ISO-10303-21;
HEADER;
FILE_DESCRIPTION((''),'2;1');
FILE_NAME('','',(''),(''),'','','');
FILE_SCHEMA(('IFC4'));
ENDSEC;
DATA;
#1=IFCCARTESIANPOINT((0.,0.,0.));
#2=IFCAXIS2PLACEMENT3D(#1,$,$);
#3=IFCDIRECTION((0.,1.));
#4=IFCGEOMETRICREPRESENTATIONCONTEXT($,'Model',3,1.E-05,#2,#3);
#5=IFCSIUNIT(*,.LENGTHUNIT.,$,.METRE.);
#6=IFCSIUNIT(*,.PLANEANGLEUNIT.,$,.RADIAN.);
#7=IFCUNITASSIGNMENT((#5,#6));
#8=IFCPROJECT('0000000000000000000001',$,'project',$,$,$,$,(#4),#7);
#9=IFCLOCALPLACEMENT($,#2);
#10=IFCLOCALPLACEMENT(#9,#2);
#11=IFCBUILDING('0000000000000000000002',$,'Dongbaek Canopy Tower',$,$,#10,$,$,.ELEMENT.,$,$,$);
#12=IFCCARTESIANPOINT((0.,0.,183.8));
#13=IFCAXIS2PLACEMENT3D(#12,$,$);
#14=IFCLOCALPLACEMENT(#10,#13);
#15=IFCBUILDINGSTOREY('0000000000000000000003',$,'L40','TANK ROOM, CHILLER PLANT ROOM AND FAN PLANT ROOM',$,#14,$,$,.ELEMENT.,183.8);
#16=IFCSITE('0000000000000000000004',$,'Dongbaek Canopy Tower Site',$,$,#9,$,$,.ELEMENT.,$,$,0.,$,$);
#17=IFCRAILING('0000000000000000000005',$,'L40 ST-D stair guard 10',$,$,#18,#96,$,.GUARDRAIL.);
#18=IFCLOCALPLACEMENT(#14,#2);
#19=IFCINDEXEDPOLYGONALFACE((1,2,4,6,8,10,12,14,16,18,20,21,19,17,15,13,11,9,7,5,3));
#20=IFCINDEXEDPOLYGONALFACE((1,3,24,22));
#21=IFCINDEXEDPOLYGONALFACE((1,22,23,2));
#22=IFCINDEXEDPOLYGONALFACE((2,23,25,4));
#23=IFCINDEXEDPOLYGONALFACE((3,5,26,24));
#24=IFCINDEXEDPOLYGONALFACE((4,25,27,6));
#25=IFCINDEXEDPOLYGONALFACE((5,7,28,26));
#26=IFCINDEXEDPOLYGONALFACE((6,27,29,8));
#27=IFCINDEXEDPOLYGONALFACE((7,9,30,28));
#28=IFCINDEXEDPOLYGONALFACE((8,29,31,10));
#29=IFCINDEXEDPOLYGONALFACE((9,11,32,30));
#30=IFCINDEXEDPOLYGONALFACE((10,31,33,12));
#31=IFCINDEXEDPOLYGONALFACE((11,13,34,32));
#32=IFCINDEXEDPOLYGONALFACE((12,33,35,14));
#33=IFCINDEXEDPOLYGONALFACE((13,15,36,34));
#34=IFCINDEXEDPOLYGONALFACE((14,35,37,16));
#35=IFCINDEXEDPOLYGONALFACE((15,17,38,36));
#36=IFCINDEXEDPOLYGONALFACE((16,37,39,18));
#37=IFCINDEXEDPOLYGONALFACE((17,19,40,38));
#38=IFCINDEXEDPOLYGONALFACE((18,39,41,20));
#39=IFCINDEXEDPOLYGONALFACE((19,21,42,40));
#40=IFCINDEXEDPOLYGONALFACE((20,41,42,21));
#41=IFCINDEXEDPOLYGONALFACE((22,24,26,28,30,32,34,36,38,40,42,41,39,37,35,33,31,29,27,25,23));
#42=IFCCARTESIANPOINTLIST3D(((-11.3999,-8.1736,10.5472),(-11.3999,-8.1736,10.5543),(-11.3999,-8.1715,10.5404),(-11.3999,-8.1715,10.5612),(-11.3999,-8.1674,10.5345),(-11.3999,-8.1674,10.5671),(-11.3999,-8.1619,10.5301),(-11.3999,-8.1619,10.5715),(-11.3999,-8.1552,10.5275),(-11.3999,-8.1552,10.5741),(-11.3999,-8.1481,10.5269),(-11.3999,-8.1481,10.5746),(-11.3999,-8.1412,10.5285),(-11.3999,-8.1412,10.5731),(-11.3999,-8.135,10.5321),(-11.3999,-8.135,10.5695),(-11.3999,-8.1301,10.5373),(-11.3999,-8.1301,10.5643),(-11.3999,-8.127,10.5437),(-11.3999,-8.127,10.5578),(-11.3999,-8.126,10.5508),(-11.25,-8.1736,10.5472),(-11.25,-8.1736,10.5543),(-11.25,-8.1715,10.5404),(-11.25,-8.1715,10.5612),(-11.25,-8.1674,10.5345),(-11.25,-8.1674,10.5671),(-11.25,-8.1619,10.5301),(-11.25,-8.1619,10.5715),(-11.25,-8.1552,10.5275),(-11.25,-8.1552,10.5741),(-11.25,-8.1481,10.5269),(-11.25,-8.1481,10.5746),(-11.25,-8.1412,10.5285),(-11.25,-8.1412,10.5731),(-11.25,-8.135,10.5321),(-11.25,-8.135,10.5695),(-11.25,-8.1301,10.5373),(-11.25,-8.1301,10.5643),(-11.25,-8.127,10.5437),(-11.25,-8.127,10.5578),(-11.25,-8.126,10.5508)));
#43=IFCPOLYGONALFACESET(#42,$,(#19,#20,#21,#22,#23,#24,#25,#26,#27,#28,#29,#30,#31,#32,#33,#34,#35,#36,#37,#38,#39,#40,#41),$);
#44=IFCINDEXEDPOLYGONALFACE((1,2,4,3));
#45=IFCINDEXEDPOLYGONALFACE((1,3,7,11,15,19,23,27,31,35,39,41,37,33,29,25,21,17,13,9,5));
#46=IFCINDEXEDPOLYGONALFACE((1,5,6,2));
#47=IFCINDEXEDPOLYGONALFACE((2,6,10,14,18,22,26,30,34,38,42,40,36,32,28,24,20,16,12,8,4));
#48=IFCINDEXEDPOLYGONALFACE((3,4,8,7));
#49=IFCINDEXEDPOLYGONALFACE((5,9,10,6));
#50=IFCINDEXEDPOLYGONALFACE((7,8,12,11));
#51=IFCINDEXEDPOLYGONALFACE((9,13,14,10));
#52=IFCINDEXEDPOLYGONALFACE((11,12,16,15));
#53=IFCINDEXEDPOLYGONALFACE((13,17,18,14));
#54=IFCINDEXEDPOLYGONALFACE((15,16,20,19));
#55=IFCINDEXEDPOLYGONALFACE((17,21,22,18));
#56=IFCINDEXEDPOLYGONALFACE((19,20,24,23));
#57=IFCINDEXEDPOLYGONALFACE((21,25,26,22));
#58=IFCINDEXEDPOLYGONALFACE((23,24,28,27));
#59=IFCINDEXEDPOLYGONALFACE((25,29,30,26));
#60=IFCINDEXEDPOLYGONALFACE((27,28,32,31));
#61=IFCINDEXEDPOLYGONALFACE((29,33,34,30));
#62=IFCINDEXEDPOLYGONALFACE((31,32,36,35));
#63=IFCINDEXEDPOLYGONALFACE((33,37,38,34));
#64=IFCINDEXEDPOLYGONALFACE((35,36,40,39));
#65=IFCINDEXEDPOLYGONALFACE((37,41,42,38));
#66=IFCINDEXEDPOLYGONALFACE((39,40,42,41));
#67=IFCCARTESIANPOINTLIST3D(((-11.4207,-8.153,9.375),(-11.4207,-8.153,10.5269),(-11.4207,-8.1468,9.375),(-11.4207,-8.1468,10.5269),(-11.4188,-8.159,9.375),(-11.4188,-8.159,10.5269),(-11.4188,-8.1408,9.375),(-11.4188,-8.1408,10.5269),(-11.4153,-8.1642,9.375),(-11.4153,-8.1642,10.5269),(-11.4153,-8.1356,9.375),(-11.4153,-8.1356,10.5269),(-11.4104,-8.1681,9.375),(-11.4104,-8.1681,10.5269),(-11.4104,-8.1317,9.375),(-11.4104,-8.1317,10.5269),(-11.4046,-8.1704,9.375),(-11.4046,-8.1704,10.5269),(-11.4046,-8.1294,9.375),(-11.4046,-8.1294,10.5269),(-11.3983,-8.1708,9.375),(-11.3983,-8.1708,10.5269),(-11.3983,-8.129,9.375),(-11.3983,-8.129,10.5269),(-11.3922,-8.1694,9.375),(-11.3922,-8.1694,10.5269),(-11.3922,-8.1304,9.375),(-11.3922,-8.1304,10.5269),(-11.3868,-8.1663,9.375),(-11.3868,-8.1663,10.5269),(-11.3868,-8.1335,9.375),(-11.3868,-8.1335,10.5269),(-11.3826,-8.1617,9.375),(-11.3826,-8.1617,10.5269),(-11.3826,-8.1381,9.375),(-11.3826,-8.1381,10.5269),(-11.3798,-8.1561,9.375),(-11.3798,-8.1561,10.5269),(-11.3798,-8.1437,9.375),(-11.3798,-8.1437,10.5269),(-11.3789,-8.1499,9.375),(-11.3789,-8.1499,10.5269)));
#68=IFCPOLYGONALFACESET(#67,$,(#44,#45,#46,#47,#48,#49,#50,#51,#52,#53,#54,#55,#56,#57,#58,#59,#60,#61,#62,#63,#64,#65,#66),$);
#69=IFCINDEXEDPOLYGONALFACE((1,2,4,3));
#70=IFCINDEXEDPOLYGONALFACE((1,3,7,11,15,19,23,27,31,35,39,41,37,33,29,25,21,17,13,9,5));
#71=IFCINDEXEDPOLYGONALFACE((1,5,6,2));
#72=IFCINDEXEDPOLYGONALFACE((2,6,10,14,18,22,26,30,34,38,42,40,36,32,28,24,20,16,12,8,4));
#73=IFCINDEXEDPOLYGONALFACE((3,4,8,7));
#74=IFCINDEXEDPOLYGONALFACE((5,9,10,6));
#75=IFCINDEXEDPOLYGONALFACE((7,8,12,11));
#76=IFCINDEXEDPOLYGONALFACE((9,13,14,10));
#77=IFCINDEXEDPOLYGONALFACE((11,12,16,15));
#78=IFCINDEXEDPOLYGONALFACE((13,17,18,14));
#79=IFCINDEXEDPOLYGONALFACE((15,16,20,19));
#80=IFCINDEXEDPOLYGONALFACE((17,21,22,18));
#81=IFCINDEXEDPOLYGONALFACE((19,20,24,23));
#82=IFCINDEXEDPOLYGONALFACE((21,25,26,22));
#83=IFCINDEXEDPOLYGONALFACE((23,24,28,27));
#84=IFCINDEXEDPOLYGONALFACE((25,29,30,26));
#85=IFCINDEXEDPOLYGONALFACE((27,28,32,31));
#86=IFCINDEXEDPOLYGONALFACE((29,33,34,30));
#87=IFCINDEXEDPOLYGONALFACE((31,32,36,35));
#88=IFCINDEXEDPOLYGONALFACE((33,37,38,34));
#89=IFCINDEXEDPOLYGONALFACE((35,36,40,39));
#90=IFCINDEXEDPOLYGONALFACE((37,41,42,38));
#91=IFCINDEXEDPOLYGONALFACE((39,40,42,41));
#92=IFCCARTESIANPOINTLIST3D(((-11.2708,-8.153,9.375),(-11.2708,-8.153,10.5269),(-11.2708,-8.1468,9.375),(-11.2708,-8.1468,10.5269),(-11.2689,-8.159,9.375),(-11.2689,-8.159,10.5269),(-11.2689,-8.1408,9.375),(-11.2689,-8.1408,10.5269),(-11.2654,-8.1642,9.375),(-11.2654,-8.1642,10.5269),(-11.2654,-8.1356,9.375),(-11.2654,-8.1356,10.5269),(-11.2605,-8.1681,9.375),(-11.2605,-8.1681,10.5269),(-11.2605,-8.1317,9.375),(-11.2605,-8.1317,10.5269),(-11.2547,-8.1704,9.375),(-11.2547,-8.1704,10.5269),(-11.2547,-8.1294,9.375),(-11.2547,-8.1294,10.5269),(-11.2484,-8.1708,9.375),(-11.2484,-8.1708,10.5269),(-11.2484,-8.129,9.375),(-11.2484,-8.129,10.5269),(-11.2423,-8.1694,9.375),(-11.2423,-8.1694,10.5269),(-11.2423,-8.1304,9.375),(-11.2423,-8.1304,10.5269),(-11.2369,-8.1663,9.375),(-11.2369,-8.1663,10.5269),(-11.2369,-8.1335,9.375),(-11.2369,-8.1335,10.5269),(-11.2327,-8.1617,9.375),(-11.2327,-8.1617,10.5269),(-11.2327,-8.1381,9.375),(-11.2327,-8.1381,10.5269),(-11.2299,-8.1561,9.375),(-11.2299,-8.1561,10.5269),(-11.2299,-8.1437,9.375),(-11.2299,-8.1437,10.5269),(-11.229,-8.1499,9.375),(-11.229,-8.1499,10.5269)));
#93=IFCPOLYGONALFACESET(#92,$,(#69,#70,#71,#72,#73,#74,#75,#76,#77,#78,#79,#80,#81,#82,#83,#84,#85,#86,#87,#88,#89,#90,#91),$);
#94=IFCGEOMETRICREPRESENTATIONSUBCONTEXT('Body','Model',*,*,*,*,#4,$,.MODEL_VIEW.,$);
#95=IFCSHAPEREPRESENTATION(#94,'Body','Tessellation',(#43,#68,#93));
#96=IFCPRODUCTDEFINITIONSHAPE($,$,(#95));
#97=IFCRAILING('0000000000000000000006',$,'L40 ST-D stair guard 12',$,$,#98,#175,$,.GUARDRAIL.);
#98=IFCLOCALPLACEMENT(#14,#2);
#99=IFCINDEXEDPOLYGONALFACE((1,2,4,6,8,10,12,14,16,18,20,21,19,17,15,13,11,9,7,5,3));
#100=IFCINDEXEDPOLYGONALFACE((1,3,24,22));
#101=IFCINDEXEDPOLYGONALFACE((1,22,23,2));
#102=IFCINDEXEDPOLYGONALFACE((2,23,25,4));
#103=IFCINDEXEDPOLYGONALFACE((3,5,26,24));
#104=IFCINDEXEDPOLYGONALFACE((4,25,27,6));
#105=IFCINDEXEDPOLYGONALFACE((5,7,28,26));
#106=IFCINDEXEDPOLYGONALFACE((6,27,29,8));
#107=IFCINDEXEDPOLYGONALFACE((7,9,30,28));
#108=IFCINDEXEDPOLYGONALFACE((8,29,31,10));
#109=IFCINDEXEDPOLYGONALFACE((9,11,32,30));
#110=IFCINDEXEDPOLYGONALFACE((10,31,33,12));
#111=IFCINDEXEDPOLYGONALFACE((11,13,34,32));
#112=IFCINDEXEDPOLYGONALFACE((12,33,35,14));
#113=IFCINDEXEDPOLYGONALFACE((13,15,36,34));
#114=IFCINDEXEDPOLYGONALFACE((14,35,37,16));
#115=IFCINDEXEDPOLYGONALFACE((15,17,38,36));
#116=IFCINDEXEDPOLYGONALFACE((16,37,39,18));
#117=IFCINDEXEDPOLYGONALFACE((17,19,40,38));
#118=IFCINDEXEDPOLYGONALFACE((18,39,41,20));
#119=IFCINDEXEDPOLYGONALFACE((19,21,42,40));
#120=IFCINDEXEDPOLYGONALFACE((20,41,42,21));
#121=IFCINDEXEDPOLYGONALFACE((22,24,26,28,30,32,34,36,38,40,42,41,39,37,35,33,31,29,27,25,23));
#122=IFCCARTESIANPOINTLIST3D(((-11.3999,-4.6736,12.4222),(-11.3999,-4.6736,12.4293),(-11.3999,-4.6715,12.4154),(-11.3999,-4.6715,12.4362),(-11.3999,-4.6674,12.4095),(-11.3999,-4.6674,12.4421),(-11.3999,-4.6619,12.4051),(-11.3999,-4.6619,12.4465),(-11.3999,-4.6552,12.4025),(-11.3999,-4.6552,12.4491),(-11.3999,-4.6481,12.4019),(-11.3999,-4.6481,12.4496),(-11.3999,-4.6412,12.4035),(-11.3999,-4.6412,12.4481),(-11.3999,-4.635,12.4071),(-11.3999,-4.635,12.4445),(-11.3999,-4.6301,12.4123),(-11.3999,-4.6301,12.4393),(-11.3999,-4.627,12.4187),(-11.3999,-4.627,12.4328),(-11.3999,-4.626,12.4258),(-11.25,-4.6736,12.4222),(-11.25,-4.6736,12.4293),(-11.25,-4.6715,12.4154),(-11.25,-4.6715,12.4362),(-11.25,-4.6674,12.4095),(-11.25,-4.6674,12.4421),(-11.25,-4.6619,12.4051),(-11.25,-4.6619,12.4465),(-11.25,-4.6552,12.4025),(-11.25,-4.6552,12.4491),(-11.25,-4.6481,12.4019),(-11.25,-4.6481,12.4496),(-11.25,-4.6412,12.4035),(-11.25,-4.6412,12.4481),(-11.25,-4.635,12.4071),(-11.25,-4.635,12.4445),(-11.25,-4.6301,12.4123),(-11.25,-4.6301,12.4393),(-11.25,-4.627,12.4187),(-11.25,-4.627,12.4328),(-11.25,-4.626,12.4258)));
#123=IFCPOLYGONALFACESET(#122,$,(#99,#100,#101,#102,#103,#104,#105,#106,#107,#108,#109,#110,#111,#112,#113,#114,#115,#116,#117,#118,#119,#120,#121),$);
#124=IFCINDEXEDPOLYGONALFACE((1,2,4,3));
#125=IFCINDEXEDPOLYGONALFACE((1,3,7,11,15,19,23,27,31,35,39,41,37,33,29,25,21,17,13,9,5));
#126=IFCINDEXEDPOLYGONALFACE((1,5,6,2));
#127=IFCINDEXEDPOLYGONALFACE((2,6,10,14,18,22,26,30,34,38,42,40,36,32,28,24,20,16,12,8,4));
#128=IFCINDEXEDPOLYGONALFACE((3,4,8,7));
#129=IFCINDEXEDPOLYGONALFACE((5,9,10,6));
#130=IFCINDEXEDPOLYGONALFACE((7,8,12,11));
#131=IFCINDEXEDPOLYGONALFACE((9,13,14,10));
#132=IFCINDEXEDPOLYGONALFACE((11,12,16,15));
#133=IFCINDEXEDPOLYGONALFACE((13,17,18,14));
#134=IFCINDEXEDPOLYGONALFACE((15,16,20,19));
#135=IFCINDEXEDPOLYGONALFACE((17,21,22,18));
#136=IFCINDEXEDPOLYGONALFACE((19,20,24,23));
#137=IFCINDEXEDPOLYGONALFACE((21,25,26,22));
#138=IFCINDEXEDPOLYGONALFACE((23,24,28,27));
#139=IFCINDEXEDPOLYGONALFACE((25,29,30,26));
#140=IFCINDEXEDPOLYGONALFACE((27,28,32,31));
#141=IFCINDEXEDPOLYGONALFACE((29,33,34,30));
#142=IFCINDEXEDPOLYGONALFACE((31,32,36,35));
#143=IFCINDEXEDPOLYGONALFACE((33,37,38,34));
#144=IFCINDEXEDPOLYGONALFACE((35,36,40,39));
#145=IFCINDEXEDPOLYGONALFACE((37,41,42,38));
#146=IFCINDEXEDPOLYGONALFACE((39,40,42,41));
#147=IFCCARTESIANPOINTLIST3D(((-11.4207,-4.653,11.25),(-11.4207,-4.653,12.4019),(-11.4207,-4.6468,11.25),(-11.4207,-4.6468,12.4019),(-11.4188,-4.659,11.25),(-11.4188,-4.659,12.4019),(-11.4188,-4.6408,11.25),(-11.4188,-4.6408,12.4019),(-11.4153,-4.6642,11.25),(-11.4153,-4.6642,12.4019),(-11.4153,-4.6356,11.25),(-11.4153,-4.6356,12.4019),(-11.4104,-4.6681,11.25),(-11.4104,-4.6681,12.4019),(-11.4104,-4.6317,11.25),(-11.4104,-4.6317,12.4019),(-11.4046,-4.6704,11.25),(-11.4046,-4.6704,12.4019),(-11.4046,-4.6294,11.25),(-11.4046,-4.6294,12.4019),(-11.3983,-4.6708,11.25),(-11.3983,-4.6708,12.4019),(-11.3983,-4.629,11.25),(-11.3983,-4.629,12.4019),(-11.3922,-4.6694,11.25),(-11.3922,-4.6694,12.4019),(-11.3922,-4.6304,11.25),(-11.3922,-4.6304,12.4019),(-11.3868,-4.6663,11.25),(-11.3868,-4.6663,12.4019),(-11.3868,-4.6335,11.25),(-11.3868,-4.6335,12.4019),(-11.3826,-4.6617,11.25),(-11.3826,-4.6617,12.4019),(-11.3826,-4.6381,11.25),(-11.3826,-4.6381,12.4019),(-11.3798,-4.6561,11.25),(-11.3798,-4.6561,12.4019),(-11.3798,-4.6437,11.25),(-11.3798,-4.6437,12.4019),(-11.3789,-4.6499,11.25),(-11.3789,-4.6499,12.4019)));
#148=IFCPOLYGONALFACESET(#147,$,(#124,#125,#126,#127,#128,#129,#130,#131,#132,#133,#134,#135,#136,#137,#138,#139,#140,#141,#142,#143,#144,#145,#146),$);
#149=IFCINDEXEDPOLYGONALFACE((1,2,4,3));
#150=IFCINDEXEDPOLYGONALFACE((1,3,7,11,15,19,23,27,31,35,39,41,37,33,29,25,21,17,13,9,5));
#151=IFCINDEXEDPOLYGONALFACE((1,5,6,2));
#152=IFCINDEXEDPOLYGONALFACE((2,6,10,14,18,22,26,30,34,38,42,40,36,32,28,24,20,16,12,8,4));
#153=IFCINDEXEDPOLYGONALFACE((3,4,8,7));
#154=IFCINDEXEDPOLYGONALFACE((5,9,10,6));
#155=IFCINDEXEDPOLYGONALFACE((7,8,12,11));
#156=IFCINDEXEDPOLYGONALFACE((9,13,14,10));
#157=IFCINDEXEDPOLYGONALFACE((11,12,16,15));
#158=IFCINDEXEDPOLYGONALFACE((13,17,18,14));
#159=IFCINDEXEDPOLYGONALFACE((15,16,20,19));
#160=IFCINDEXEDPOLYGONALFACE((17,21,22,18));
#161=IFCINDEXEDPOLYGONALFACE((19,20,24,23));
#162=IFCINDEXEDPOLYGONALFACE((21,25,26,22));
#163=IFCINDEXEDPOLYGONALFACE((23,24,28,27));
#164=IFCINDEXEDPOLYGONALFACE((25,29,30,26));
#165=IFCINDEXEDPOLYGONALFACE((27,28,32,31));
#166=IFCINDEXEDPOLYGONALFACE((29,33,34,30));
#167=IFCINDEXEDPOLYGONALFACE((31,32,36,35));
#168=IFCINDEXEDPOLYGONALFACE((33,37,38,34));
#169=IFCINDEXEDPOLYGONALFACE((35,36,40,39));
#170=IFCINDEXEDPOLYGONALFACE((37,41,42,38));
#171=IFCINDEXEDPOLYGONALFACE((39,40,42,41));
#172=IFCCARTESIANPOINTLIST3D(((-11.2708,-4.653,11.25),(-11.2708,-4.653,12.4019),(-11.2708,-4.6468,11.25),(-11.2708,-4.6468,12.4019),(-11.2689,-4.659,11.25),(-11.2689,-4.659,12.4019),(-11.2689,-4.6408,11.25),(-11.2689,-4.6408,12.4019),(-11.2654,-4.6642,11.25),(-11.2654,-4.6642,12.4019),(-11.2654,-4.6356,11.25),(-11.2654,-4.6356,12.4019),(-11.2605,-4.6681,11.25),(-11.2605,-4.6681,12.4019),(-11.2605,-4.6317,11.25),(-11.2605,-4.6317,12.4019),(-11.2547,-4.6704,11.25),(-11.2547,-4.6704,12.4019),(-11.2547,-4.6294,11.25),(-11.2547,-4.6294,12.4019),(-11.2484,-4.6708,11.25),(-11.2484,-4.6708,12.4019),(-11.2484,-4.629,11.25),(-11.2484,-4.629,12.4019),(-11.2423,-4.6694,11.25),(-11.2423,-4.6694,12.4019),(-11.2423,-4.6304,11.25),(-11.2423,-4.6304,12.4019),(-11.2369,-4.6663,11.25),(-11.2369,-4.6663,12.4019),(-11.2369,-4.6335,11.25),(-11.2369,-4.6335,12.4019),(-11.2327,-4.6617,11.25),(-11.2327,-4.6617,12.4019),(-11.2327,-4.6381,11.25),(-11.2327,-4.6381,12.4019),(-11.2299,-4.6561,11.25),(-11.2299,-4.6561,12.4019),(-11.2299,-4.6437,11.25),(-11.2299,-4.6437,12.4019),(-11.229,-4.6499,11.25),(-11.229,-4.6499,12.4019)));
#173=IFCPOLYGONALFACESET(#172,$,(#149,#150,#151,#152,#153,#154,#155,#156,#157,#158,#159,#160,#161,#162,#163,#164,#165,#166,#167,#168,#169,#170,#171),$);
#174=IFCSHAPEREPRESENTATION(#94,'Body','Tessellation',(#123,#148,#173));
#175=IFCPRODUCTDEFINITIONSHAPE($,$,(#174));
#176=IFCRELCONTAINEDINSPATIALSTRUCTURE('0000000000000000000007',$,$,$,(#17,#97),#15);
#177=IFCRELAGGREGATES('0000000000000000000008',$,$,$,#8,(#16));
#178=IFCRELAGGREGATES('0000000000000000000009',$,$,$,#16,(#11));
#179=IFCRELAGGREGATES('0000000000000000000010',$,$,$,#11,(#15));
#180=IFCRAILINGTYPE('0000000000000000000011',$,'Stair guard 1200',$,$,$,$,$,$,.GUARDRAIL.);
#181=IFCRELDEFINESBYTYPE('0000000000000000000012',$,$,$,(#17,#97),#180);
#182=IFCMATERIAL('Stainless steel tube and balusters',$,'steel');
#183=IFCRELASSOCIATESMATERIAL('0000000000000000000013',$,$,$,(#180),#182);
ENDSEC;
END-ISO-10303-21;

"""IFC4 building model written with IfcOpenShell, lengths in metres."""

from ifc_helpers import new_model, si_unit, direction, frame, origin, origin_2d, place, context, subcontext, project, spatial, circle, extrude, material, type_object, element, save


model = new_model("IFC4")

# Units and contexts
model_context = context("Model", 3, precision=1e-05, world=origin(), true_north=direction((0.0, 1.0)))
body_context = subcontext(model_context, "Body", "Model", "MODEL_VIEW")
ifc_project = project(units=[si_unit("LENGTHUNIT", "METRE"), si_unit("PLANEANGLEUNIT", "RADIAN")], contexts=[model_context])

# Site, building, storey
site_placement = place(None, origin())
site = spatial("IfcSite", under=ifc_project, at=site_placement, Name="Dongbaek Canopy Tower Site", CompositionType="ELEMENT", RefElevation=0.0)
building_placement = place(site_placement, origin())
building = spatial("IfcBuilding", under=site, at=building_placement, Name="Dongbaek Canopy Tower", CompositionType="ELEMENT")
storey_placement = place(building_placement, frame((0.0, 0.0, 183.8)))
storey = spatial("IfcBuildingStorey", under=building, at=storey_placement, Name="L40", Description="TANK ROOM, CHILLER PLANT ROOM AND FAN PLANT ROOM", CompositionType="ELEMENT", Elevation=183.8)

# Railings
ifc_material_1 = material(Name="Stainless steel tube and balusters", Category="steel")
railing_type_1 = type_object("IfcRailingType", Name="Stair guard 1200", PredefinedType="GUARDRAIL", material=ifc_material_1)
for number, where, name in (
    (1, (-11.3999, -8.1499, 9.375), "L40 ST-D stair guard 10"),
    (2, (-11.3999, -4.6499, 11.25), "L40 ST-D stair guard 12"),
):
    element("IfcRailing", number, at=place(storey_placement, frame(where)), inside=storey, type_object=railing_type_1, Name=name, PredefinedType="GUARDRAIL", context=body_context, shape_type="SweptSolid", body=[
        extrude(circle(Radius=0.0239, at=origin_2d()), frame((0.0, 0.0, 1.1758), z_axis=(1.0, 0.0, 0.0), x_axis=(0.0, 1.0, 0.0)), (0.0, 0.0, 1.0), 0.1499),
        extrude(circle(Radius=0.021, at=origin_2d()), origin(), (0.0, 0.0, 1.0), 1.1519),
        extrude(circle(Radius=0.021, at=origin_2d()), frame((0.1499, 0.0, 0.0)), (0.0, 0.0, 1.0), 1.1519),
    ])

save(model, "model.ifc")
